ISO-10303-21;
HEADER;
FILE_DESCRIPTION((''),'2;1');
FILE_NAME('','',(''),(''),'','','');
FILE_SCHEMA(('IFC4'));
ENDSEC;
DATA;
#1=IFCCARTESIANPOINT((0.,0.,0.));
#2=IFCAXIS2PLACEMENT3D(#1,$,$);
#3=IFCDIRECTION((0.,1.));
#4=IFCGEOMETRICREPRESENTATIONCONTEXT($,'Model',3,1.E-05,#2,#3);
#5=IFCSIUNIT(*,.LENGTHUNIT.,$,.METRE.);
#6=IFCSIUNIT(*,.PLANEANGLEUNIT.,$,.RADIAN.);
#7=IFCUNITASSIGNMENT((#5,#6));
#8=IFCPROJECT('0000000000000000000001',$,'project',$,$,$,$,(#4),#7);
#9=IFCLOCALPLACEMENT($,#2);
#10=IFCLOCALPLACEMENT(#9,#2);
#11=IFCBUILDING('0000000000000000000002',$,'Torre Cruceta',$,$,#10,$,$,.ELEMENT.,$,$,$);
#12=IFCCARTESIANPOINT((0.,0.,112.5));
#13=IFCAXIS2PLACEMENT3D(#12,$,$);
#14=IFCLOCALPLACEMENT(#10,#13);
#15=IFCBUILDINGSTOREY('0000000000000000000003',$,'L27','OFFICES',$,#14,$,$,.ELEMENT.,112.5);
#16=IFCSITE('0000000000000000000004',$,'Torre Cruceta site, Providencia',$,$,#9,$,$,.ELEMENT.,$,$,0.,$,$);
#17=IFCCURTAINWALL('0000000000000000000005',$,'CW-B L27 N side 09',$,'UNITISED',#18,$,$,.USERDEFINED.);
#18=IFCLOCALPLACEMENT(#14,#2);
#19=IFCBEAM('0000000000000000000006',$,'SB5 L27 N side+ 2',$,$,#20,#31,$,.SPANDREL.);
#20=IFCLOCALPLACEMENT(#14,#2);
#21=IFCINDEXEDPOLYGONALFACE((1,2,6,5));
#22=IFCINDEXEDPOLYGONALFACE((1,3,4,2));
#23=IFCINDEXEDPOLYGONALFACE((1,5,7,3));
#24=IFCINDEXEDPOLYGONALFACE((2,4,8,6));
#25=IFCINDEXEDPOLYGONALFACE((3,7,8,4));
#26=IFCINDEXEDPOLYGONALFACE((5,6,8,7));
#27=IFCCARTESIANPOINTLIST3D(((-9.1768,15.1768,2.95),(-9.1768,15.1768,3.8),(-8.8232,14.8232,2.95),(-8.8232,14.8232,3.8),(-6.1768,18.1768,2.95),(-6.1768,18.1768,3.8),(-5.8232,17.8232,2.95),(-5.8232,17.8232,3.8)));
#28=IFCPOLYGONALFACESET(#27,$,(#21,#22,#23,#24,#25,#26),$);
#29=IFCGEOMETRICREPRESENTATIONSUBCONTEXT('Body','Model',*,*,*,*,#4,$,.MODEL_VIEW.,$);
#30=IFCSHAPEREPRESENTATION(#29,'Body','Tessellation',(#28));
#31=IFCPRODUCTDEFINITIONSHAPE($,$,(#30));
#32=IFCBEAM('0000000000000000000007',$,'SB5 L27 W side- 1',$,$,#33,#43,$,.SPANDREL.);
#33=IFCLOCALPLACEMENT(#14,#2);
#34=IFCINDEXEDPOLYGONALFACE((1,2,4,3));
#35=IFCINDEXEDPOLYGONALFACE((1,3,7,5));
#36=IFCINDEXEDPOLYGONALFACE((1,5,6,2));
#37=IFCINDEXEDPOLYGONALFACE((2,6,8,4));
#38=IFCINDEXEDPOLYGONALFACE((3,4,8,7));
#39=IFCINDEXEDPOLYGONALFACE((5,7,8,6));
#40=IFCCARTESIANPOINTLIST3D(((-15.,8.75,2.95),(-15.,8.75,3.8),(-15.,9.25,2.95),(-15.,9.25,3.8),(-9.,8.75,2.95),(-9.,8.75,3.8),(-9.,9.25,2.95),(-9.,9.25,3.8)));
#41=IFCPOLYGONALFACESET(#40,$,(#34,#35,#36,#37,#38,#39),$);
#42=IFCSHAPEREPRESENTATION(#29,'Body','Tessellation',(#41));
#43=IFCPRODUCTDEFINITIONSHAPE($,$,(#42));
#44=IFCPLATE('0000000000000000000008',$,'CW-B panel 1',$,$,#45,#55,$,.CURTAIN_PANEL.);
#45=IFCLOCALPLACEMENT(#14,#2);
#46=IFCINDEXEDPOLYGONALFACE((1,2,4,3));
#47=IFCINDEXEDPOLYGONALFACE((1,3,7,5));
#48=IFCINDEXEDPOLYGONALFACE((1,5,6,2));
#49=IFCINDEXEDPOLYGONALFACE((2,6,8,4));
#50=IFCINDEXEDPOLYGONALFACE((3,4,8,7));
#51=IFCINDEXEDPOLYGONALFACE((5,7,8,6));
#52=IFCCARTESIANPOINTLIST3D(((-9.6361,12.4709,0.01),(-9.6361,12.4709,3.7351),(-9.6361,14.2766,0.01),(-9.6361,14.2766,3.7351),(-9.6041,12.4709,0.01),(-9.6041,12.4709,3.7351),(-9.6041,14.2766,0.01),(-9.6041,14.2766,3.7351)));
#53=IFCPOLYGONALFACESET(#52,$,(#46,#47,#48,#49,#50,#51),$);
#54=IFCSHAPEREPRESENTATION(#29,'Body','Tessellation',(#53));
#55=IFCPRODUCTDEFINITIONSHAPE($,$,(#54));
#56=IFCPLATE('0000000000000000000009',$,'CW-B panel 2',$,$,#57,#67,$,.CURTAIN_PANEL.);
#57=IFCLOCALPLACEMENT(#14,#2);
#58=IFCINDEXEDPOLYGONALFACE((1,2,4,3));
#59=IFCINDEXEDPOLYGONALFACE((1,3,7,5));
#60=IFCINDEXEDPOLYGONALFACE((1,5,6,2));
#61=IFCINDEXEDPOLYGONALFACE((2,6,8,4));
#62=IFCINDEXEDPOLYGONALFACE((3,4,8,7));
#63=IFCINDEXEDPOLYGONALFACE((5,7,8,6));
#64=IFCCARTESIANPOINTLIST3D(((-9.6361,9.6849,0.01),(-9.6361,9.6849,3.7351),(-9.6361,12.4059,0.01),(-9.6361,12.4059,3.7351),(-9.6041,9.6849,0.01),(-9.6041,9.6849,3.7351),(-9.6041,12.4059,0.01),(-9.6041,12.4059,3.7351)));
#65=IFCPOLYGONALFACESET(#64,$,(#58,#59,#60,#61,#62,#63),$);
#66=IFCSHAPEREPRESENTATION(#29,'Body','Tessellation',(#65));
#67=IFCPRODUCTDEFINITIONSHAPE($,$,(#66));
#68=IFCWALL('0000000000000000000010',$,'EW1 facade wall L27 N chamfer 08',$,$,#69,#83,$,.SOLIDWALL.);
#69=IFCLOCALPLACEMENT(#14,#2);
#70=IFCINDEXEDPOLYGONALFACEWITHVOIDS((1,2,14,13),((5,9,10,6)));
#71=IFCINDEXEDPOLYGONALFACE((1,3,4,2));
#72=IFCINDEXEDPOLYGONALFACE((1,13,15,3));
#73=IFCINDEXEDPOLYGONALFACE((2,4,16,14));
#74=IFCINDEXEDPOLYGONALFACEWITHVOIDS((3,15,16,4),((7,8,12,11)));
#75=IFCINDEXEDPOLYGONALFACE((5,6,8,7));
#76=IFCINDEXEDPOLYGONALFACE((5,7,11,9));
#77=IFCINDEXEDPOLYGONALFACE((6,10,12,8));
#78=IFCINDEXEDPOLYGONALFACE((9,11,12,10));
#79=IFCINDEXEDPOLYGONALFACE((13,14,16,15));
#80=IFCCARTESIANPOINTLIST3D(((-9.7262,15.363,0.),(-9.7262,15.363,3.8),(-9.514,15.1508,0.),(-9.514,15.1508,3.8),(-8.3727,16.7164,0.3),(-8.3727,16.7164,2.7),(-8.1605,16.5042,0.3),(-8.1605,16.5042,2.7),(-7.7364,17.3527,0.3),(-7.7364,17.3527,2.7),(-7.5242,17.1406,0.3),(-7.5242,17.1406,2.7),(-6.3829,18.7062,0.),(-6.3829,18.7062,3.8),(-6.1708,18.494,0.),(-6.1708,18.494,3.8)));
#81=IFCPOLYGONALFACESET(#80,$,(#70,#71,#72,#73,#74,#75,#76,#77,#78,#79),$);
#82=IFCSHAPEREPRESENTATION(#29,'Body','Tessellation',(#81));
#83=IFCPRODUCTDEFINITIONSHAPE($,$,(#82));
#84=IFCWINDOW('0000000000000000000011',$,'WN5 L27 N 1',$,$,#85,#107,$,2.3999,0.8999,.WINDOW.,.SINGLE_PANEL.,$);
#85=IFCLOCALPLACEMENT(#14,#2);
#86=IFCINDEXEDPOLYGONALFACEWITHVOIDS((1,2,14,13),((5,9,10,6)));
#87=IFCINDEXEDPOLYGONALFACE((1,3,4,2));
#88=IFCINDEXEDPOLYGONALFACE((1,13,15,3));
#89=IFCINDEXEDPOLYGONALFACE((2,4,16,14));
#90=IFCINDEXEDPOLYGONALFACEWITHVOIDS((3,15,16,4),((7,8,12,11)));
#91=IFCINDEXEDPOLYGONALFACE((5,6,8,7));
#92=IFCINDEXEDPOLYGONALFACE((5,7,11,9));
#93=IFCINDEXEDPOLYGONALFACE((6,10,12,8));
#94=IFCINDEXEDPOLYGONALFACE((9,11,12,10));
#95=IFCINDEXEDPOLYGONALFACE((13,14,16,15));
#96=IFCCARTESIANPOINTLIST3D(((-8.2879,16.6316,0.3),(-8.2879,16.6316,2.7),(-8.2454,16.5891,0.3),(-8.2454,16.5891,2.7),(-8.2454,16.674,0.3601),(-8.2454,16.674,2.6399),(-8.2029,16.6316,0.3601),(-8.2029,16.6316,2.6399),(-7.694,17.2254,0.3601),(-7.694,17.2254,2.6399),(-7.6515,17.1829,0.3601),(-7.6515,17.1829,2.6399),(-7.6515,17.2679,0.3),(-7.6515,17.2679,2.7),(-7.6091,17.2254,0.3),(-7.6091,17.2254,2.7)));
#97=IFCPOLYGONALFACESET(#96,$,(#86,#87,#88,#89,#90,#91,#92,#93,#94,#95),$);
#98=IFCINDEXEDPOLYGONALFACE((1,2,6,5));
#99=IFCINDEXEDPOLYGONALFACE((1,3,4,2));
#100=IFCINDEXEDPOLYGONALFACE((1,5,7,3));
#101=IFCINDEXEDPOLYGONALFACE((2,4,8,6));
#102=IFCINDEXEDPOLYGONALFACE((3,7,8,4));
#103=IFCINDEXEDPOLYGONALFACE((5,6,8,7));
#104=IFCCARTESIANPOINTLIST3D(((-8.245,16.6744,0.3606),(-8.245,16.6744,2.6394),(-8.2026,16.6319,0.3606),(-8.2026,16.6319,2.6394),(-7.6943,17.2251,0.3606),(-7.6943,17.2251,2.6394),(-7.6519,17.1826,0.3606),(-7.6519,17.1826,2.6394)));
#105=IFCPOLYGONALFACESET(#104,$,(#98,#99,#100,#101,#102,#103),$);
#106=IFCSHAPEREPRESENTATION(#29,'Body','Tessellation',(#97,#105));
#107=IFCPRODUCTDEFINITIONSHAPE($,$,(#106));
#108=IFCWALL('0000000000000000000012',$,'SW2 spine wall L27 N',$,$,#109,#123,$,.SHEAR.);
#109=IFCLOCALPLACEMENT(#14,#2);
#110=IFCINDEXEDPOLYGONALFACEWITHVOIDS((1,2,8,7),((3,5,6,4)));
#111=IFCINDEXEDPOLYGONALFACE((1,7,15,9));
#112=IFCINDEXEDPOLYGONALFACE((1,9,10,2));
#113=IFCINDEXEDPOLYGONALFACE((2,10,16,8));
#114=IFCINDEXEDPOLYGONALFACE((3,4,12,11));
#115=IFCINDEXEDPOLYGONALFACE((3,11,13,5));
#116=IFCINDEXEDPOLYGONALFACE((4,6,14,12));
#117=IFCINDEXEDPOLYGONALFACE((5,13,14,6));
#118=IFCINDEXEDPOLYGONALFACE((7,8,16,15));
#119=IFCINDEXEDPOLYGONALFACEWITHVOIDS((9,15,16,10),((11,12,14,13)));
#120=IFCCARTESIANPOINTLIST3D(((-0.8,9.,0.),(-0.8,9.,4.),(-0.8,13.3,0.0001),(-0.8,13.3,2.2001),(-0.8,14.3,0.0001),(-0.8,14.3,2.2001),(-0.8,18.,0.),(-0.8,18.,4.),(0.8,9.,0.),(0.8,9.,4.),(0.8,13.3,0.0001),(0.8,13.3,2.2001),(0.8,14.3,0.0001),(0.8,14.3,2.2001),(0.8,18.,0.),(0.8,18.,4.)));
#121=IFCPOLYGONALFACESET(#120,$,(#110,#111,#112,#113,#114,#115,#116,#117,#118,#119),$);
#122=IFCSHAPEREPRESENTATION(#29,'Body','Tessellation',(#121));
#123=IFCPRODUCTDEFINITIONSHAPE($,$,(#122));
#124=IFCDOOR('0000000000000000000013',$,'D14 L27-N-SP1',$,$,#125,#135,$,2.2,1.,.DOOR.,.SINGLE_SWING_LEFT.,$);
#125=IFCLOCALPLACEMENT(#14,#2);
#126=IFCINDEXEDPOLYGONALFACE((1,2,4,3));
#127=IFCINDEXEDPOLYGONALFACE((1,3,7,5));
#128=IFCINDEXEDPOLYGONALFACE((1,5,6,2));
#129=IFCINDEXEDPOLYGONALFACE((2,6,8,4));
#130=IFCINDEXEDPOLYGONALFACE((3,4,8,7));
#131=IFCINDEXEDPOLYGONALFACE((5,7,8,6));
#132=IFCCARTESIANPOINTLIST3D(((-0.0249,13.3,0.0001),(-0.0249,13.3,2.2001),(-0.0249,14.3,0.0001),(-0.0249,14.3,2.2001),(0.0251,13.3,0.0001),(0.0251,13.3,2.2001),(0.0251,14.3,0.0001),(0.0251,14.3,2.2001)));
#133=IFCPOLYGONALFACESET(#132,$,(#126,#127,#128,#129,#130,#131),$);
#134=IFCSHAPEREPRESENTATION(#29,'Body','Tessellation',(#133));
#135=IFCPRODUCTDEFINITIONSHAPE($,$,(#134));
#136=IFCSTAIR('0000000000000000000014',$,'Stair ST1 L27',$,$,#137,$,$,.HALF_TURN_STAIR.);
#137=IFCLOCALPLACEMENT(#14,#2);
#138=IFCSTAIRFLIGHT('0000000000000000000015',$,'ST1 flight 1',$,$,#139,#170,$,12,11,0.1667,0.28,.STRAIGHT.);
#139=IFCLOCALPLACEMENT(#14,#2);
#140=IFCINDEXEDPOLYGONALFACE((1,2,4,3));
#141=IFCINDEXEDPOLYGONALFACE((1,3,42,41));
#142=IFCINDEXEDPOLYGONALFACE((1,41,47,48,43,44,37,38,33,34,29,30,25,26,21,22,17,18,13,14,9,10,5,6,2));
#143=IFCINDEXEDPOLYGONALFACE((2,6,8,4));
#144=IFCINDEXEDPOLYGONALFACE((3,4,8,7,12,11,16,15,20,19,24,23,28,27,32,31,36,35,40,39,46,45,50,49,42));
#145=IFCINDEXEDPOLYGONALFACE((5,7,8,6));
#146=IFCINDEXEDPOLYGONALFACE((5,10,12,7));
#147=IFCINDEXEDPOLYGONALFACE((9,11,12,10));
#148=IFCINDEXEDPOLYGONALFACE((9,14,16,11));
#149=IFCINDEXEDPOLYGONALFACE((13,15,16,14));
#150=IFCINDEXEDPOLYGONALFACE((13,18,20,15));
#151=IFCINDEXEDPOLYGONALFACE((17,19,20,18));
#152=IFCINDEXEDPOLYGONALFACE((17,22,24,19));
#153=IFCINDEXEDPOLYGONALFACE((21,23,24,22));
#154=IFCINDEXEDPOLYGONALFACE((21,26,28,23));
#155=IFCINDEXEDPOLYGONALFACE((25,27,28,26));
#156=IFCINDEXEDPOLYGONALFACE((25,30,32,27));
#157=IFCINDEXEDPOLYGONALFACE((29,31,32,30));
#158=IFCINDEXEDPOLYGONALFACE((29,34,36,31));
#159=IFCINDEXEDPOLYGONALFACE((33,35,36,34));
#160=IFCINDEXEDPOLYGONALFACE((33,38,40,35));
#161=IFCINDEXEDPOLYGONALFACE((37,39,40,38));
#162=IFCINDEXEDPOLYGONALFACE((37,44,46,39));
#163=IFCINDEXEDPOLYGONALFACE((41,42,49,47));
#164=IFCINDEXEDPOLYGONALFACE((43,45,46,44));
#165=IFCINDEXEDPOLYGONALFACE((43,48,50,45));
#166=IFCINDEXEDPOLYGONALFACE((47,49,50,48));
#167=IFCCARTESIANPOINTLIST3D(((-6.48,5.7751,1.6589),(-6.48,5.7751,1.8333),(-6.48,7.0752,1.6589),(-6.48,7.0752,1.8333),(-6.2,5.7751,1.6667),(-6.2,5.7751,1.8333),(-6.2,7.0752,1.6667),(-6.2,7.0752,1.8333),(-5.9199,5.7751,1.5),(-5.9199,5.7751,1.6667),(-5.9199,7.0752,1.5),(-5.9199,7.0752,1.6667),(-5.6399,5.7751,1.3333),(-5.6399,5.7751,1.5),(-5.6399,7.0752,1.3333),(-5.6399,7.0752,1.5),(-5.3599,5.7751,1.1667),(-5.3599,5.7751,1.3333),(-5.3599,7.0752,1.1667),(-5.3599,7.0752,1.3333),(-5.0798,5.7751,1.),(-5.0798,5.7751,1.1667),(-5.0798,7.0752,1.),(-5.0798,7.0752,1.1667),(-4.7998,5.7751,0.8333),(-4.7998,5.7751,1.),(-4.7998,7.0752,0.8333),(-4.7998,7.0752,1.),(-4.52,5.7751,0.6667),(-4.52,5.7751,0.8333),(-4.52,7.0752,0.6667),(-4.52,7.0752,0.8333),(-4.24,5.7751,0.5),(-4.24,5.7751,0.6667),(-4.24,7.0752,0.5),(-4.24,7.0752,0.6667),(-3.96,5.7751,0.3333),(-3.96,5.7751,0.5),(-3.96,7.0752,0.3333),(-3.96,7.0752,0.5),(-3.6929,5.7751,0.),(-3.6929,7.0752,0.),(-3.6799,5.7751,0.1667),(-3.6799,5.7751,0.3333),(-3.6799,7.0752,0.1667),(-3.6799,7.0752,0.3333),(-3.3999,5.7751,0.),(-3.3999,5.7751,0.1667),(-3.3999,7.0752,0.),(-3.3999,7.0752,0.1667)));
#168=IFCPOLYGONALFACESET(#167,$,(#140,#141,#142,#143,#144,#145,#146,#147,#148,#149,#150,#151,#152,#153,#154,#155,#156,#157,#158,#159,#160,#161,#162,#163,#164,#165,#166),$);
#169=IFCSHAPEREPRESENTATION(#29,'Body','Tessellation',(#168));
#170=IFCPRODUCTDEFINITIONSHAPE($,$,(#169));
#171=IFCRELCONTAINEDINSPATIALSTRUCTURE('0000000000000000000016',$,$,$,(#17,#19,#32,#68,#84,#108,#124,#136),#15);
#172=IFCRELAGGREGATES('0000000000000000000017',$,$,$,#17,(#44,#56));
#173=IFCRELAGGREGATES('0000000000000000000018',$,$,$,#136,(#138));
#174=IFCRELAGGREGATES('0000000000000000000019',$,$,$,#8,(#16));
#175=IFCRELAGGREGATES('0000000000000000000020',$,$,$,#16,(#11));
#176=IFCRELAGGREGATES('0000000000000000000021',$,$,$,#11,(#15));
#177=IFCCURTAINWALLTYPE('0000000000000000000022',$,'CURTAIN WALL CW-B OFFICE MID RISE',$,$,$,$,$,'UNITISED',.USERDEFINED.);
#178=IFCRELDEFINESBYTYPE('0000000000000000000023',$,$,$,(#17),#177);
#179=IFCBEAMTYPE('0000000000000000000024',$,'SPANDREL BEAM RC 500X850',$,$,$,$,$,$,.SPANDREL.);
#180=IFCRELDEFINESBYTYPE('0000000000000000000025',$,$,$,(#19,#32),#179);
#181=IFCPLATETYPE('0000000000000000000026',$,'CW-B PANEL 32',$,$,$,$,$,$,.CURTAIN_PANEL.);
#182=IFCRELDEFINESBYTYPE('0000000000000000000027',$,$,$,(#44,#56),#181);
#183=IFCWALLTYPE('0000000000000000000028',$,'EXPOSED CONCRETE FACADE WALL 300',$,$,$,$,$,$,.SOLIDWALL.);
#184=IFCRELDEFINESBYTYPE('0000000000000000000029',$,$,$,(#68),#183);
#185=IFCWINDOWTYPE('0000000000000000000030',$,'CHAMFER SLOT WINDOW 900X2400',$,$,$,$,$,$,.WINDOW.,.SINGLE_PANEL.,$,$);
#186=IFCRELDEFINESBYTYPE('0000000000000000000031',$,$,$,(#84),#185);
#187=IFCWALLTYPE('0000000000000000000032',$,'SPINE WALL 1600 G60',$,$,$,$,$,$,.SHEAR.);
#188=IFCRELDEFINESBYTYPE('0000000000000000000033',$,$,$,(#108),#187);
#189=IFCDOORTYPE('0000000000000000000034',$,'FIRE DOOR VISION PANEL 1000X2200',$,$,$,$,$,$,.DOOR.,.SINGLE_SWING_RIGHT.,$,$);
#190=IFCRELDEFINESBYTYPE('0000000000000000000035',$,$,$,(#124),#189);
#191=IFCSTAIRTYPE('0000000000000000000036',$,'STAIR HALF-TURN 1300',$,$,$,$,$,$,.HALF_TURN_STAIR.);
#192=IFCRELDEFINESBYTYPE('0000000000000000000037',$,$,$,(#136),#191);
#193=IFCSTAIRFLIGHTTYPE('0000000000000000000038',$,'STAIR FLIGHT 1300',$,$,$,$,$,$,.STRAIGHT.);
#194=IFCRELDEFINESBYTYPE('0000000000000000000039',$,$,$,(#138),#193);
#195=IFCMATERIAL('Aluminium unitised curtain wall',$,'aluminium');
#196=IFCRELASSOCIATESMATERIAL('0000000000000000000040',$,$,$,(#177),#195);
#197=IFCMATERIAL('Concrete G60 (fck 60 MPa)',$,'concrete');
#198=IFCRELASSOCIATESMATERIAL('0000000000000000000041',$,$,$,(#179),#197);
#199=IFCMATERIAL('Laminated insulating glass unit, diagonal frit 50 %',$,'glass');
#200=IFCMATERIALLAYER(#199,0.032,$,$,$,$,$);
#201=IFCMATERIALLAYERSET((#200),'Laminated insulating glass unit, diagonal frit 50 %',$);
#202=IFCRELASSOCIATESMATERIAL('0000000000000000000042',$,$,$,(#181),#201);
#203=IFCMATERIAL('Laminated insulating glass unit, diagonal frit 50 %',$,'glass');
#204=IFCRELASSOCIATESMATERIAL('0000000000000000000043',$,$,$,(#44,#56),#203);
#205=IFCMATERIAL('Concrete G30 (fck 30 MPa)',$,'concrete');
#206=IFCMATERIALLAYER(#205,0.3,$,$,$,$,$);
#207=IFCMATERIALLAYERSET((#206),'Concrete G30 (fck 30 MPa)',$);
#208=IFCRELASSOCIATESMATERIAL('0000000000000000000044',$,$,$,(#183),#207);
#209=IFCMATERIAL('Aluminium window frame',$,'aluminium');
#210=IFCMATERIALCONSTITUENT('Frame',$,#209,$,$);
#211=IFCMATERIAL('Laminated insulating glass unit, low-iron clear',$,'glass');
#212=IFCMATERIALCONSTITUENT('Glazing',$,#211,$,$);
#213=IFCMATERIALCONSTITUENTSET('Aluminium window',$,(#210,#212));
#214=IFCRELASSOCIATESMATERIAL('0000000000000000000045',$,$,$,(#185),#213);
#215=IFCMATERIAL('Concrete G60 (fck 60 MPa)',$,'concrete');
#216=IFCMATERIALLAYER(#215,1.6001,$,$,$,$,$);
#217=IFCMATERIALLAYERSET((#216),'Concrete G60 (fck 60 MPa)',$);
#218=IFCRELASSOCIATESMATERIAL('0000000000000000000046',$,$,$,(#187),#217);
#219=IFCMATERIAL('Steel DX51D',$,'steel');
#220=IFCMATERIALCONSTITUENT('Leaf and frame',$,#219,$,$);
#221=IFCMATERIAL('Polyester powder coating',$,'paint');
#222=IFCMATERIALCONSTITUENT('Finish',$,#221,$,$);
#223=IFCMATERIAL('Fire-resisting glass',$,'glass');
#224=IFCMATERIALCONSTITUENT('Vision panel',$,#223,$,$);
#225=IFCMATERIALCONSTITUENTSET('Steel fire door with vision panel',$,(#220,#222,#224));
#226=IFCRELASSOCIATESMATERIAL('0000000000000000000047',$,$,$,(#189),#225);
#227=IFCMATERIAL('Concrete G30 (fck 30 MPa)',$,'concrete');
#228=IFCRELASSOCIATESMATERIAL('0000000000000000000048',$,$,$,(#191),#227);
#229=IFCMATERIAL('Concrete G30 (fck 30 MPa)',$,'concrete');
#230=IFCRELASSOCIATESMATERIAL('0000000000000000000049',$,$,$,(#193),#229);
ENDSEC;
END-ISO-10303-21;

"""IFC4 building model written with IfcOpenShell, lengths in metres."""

from ifc_helpers import new_model, si_unit, direction, frame, frame_2d, origin, origin_2d, place, context, subcontext, project, spatial, polyline, rectangle, hollow_rectangle, outline, extrude, material, layer, layer_set, constituent, constituent_set, material_profile, profile_set, type_object, element, fill, aggregate, save


model = new_model("IFC4")

# Units and contexts
model_context = context("Model", 3, precision=1e-05, world=origin(), true_north=direction((0.0, 1.0)))
body_context = subcontext(model_context, "Body", "Model", "MODEL_VIEW")
ifc_project = project(units=[si_unit("LENGTHUNIT", "METRE"), si_unit("PLANEANGLEUNIT", "RADIAN")], contexts=[model_context])

# Site, building, storey
site_placement = place(None, origin())
site = spatial("IfcSite", under=ifc_project, at=site_placement, Name="Torre Cruceta site, Providencia", CompositionType="ELEMENT", RefElevation=0.0)
building_placement = place(site_placement, origin())
building = spatial("IfcBuilding", under=site, at=building_placement, Name="Torre Cruceta", CompositionType="ELEMENT")
storey_placement = place(building_placement, frame((0.0, 0.0, 112.5)))
storey = spatial("IfcBuildingStorey", under=building, at=storey_placement, Name="L27", Description="OFFICES", CompositionType="ELEMENT", Elevation=112.5)

# Curtain wall
ifc_material_1 = material(Name="Aluminium unitised curtain wall", Category="aluminium")
curtain_wall_type = type_object("IfcCurtainWallType", Name="CURTAIN WALL CW-B OFFICE MID RISE", ElementType="UNITISED", PredefinedType="USERDEFINED", material=ifc_material_1)
curtain_wall_placement = place(storey_placement, origin())
curtain_wall = element("IfcCurtainWall", 1, at=curtain_wall_placement, inside=storey, type_object=curtain_wall_type, Name="CW-B L27 N side 09", ObjectType="UNITISED", PredefinedType="USERDEFINED")

# Beams
ifc_material_2 = material(Name="Concrete G60 (fck 60 MPa)", Category="concrete")
ifc_material_profile_1 = material_profile(ifc_material_2, rectangle(XDim=0.5, YDim=0.8501, at=origin_2d()), Name="RC 500X850")
ifc_profile_set_1 = profile_set([ifc_material_profile_1], Name="Concrete G60 (fck 60 MPa)")
beam_type_1 = type_object("IfcBeamType", Name="SPANDREL BEAM RC 500X850", PredefinedType="SPANDREL", material=ifc_profile_set_1)
beam_1_placement = place(storey_placement, frame((-9.0, 15.0, 3.375), z_axis=(0.707107, 0.707107, 0.0), x_axis=(-0.707107, 0.707107, 0.0)))
element("IfcBeam", 2, at=beam_1_placement, inside=storey, type_object=beam_type_1, Name="SB5 L27 N side+ 2", PredefinedType="SPANDREL", context=body_context, shape_type="SweptSolid", body=[
    extrude(rectangle(XDim=0.5, YDim=0.8501, at=origin_2d()), origin(), (0.0, 0.0, 1.0), 4.2427),
])
beam_2_placement = place(storey_placement, frame((-9.0, 9.0, 3.375), z_axis=(-1.0, 0.0, 0.0), x_axis=(0.0, -1.0, 0.0)))
element("IfcBeam", 3, at=beam_2_placement, inside=storey, type_object=beam_type_1, Name="SB5 L27 W side- 1", PredefinedType="SPANDREL", context=body_context, shape_type="SweptSolid", body=[
    extrude(rectangle(XDim=0.5, YDim=0.8501, at=origin_2d()), origin(), (0.0, 0.0, 1.0), 6.0),
])

# Plates
ifc_material_3 = material(Name="Laminated insulating glass unit, diagonal frit 50 %", Category="glass")
ifc_material_4 = material(Name="Laminated insulating glass unit, diagonal frit 50 %", Category="glass")
ifc_layer_1 = layer(ifc_material_4, 0.032)
ifc_layer_set_1 = layer_set([ifc_layer_1], Name="Laminated insulating glass unit, diagonal frit 50 %")
plate_type = type_object("IfcPlateType", Name="CW-B PANEL 32", PredefinedType="CURTAIN_PANEL", material=ifc_layer_set_1)
plate_1_placement = place(storey_placement, frame((-9.6201, 13.3738, 0.01), z_axis=(0.0, 0.0, 1.0), x_axis=(0.0, -1.0, 0.0)))
plate_1 = element("IfcPlate", 4, at=plate_1_placement, type_object=plate_type, material=ifc_material_3, Name="CW-B panel 1", PredefinedType="CURTAIN_PANEL", context=body_context, shape_type="SweptSolid", body=[
    extrude(rectangle(XDim=1.8057, YDim=0.032, at=origin_2d()), origin(), (0.0, 0.0, 1.0), 3.7251),
])
plate_2_placement = place(storey_placement, frame((-9.6201, 11.0454, 0.01), z_axis=(0.0, 0.0, 1.0), x_axis=(0.0, -1.0, 0.0)))
plate_2 = element("IfcPlate", 5, at=plate_2_placement, type_object=plate_type, material=ifc_material_3, Name="CW-B panel 2", PredefinedType="CURTAIN_PANEL", context=body_context, shape_type="SweptSolid", body=[
    extrude(rectangle(XDim=2.7209, YDim=0.032, at=origin_2d()), origin(), (0.0, 0.0, 1.0), 3.7251),
])
aggregate(curtain_wall, [plate_1, plate_2])

# Wall, opening, window
ifc_material_5 = material(Name="Concrete G30 (fck 30 MPa)", Category="concrete")
ifc_layer_2 = layer(ifc_material_5, 0.3)
ifc_layer_set_2 = layer_set([ifc_layer_2], Name="Concrete G30 (fck 30 MPa)")
wall_type_1 = type_object("IfcWallType", Name="EXPOSED CONCRETE FACADE WALL 300", PredefinedType="SOLIDWALL", material=ifc_layer_set_2)
wall_1_placement = place(storey_placement, frame((-6.2769, 18.6001, 0.0), z_axis=(0.0, 0.0, 1.0), x_axis=(-0.707107, -0.707107, 0.0)))
wall_1 = element("IfcWall", 6, at=wall_1_placement, inside=storey, type_object=wall_type_1, Name="EW1 facade wall L27 N chamfer 08", PredefinedType="SOLIDWALL", context=body_context, shape_type="SweptSolid", body=[
    extrude(rectangle(XDim=4.728, YDim=0.3, at=frame_2d((2.364, 0.0))), origin(), (0.0, 0.0, 1.0), 3.8),
])
opening_1_placement = place(wall_1_placement, frame((1.9141, 0.0, 0.3)))
opening_1 = element("IfcOpeningElement", 7, at=opening_1_placement, cuts=wall_1, PredefinedType="OPENING", context=body_context, shape_type="SweptSolid", body=[
    extrude(rectangle(XDim=0.8999, YDim=2.3999, at=frame_2d((0.45, 1.2))), frame((0.0, 0.1599, 0.0), z_axis=(0.0, -1.0, 0.0), x_axis=(1.0, 0.0, 0.0)), (0.0, 0.0, 1.0), 0.3201),
])
ifc_material_6 = material(Name="Aluminium window frame", Category="aluminium")
ifc_constituent_1 = constituent(ifc_material_6, Name="Frame")
ifc_material_7 = material(Name="Laminated insulating glass unit, low-iron clear", Category="glass")
ifc_constituent_2 = constituent(ifc_material_7, Name="Glazing")
ifc_constituent_set_1 = constituent_set(constituents=[ifc_constituent_1, ifc_constituent_2], Name="Aluminium window")
window_type = type_object("IfcWindowType", Name="CHAMFER SLOT WINDOW 900X2400", PartitioningType="SINGLE_PANEL", PredefinedType="WINDOW", material=ifc_constituent_set_1)
window_placement = place(opening_1_placement, origin())
window = element("IfcWindow", 8, at=window_placement, inside=storey, type_object=window_type, Name="WN5 L27 N 1", OverallHeight=2.3999, OverallWidth=0.8999, PartitioningType="SINGLE_PANEL", PredefinedType="WINDOW", context=body_context, shape_type="SweptSolid", body=[
    extrude(hollow_rectangle(XDim=0.8999, YDim=2.3999, WallThickness=0.0601, at=frame_2d((0.45, 1.2))), frame((0.0, 0.03, 0.0), z_axis=(0.0, -1.0, 0.0), x_axis=(1.0, 0.0, 0.0)), (0.0, 0.0, 1.0), 0.0601),
    extrude(rectangle(XDim=0.7788, YDim=2.2788, at=frame_2d((0.45, 1.2))), frame((0.0, 0.03, 0.0), z_axis=(0.0, -1.0, 0.0), x_axis=(1.0, 0.0, 0.0)), (0.0, 0.0, 1.0), 0.0601),
])
fill(opening_1, window)

# Wall, opening, door
ifc_material_8 = material(Name="Concrete G60 (fck 60 MPa)", Category="concrete")
ifc_layer_3 = layer(ifc_material_8, 1.6001)
ifc_layer_set_3 = layer_set([ifc_layer_3], Name="Concrete G60 (fck 60 MPa)")
wall_type_2 = type_object("IfcWallType", Name="SPINE WALL 1600 G60", PredefinedType="SHEAR", material=ifc_layer_set_3)
wall_2_placement = place(storey_placement, frame((0.0, 9.0, 0.0), z_axis=(0.0, 0.0, 1.0), x_axis=(0.0, 1.0, 0.0)))
wall_2 = element("IfcWall", 9, at=wall_2_placement, inside=storey, type_object=wall_type_2, Name="SW2 spine wall L27 N", PredefinedType="SHEAR", context=body_context, shape_type="SweptSolid", body=[
    extrude(rectangle(XDim=9.0, YDim=1.6001, at=frame_2d((4.5, 0.0))), origin(), (0.0, 0.0, 1.0), 4.0),
])
opening_2_placement = place(wall_2_placement, frame((4.3, 0.0, 0.0)))
opening_2 = element("IfcOpeningElement", 10, at=opening_2_placement, cuts=wall_2, PredefinedType="OPENING", context=body_context, shape_type="SweptSolid", body=[
    extrude(rectangle(XDim=1.0, YDim=2.2, at=frame_2d((0.5, 1.1001))), frame((0.0, 0.8101, 0.0), z_axis=(0.0, -1.0, 0.0), x_axis=(1.0, 0.0, 0.0)), (0.0, 0.0, 1.0), 1.6201),
])
ifc_material_9 = material(Name="Steel DX51D", Category="steel")
ifc_constituent_3 = constituent(ifc_material_9, Name="Leaf and frame")
ifc_material_10 = material(Name="Polyester powder coating", Category="paint")
ifc_constituent_4 = constituent(ifc_material_10, Name="Finish")
ifc_material_11 = material(Name="Fire-resisting glass", Category="glass")
ifc_constituent_5 = constituent(ifc_material_11, Name="Vision panel")
ifc_constituent_set_2 = constituent_set(constituents=[ifc_constituent_3, ifc_constituent_4, ifc_constituent_5], Name="Steel fire door with vision panel")
door_type_1 = type_object("IfcDoorType", Name="FIRE DOOR VISION PANEL 1000X2200", OperationType="SINGLE_SWING_RIGHT", PredefinedType="DOOR", material=ifc_constituent_set_2)
door_1_placement = place(opening_2_placement, frame((1.0, 0.0, 0.0), z_axis=(0.0, 0.0, 1.0), x_axis=(-1.0, 0.0, 0.0)))
door_1 = element("IfcDoor", 11, at=door_1_placement, inside=storey, type_object=door_type_1, Name="D14 L27-N-SP1", OperationType="SINGLE_SWING_LEFT", OverallHeight=2.2, OverallWidth=1.0, PredefinedType="DOOR", context=body_context, shape_type="SweptSolid", body=[
    extrude(rectangle(XDim=1.0, YDim=2.2, at=frame_2d((0.5, 1.1001))), frame((0.0, 0.0251, 0.0), z_axis=(0.0, -1.0, 0.0), x_axis=(1.0, 0.0, 0.0)), (0.0, 0.0, 1.0), 0.05),
])
fill(opening_2, door_1)

# Stair, stair flight
ifc_material_12 = material(Name="Concrete G30 (fck 30 MPa)", Category="concrete")
stair_type = type_object("IfcStairType", Name="STAIR HALF-TURN 1300", PredefinedType="HALF_TURN_STAIR", material=ifc_material_12)
stair_placement = place(storey_placement, origin())
stair = element("IfcStair", 12, at=stair_placement, inside=storey, type_object=stair_type, Name="Stair ST1 L27", PredefinedType="HALF_TURN_STAIR")
ifc_material_13 = material(Name="Concrete G30 (fck 30 MPa)", Category="concrete")
stair_flight_type = type_object("IfcStairFlightType", Name="STAIR FLIGHT 1300", PredefinedType="STRAIGHT", material=ifc_material_13)
stair_flight_1_placement = place(storey_placement, frame((-3.3999, 6.425, 0.0), z_axis=(0.0, 0.0, 1.0), x_axis=(-1.0, 0.0, 0.0)))
stair_flight_1 = element("IfcStairFlight", 13, at=stair_flight_1_placement, type_object=stair_flight_type, Name="ST1 flight 1", NumberOfRisers=12, NumberOfTreads=11, PredefinedType="STRAIGHT", RiserHeight=0.1667, TreadLength=0.28, context=body_context, shape_type="SweptSolid", body=[
    extrude(outline(polyline([(0.0, 0.0), (0.0, 0.1667), (0.28, 0.1667), (0.28, 0.3333), (0.5601, 0.3333), (0.5601, 0.5), (0.8401, 0.5), (0.8401, 0.6667), (1.1201, 0.6667), (1.1201, 0.8333), (1.3999, 0.8333), (1.3999, 1.0), (1.6799, 1.0), (1.6799, 1.1667), (1.96, 1.1667), (1.96, 1.3333), (2.24, 1.3333), (2.24, 1.5), (2.52, 1.5), (2.52, 1.6667), (2.8, 1.6667), (2.8, 1.8333), (3.0801, 1.8333), (3.0801, 2.0), (3.0801, 1.6589), (0.293, 0.0), (0.0, 0.0)])), frame((0.0, 0.6499, 0.0), z_axis=(0.0, -1.0, 0.0), x_axis=(1.0, 0.0, 0.0)), (0.0, 0.0, 1.0), 1.3),
])
aggregate(stair, [stair_flight_1])

save(model, "model.ifc")
